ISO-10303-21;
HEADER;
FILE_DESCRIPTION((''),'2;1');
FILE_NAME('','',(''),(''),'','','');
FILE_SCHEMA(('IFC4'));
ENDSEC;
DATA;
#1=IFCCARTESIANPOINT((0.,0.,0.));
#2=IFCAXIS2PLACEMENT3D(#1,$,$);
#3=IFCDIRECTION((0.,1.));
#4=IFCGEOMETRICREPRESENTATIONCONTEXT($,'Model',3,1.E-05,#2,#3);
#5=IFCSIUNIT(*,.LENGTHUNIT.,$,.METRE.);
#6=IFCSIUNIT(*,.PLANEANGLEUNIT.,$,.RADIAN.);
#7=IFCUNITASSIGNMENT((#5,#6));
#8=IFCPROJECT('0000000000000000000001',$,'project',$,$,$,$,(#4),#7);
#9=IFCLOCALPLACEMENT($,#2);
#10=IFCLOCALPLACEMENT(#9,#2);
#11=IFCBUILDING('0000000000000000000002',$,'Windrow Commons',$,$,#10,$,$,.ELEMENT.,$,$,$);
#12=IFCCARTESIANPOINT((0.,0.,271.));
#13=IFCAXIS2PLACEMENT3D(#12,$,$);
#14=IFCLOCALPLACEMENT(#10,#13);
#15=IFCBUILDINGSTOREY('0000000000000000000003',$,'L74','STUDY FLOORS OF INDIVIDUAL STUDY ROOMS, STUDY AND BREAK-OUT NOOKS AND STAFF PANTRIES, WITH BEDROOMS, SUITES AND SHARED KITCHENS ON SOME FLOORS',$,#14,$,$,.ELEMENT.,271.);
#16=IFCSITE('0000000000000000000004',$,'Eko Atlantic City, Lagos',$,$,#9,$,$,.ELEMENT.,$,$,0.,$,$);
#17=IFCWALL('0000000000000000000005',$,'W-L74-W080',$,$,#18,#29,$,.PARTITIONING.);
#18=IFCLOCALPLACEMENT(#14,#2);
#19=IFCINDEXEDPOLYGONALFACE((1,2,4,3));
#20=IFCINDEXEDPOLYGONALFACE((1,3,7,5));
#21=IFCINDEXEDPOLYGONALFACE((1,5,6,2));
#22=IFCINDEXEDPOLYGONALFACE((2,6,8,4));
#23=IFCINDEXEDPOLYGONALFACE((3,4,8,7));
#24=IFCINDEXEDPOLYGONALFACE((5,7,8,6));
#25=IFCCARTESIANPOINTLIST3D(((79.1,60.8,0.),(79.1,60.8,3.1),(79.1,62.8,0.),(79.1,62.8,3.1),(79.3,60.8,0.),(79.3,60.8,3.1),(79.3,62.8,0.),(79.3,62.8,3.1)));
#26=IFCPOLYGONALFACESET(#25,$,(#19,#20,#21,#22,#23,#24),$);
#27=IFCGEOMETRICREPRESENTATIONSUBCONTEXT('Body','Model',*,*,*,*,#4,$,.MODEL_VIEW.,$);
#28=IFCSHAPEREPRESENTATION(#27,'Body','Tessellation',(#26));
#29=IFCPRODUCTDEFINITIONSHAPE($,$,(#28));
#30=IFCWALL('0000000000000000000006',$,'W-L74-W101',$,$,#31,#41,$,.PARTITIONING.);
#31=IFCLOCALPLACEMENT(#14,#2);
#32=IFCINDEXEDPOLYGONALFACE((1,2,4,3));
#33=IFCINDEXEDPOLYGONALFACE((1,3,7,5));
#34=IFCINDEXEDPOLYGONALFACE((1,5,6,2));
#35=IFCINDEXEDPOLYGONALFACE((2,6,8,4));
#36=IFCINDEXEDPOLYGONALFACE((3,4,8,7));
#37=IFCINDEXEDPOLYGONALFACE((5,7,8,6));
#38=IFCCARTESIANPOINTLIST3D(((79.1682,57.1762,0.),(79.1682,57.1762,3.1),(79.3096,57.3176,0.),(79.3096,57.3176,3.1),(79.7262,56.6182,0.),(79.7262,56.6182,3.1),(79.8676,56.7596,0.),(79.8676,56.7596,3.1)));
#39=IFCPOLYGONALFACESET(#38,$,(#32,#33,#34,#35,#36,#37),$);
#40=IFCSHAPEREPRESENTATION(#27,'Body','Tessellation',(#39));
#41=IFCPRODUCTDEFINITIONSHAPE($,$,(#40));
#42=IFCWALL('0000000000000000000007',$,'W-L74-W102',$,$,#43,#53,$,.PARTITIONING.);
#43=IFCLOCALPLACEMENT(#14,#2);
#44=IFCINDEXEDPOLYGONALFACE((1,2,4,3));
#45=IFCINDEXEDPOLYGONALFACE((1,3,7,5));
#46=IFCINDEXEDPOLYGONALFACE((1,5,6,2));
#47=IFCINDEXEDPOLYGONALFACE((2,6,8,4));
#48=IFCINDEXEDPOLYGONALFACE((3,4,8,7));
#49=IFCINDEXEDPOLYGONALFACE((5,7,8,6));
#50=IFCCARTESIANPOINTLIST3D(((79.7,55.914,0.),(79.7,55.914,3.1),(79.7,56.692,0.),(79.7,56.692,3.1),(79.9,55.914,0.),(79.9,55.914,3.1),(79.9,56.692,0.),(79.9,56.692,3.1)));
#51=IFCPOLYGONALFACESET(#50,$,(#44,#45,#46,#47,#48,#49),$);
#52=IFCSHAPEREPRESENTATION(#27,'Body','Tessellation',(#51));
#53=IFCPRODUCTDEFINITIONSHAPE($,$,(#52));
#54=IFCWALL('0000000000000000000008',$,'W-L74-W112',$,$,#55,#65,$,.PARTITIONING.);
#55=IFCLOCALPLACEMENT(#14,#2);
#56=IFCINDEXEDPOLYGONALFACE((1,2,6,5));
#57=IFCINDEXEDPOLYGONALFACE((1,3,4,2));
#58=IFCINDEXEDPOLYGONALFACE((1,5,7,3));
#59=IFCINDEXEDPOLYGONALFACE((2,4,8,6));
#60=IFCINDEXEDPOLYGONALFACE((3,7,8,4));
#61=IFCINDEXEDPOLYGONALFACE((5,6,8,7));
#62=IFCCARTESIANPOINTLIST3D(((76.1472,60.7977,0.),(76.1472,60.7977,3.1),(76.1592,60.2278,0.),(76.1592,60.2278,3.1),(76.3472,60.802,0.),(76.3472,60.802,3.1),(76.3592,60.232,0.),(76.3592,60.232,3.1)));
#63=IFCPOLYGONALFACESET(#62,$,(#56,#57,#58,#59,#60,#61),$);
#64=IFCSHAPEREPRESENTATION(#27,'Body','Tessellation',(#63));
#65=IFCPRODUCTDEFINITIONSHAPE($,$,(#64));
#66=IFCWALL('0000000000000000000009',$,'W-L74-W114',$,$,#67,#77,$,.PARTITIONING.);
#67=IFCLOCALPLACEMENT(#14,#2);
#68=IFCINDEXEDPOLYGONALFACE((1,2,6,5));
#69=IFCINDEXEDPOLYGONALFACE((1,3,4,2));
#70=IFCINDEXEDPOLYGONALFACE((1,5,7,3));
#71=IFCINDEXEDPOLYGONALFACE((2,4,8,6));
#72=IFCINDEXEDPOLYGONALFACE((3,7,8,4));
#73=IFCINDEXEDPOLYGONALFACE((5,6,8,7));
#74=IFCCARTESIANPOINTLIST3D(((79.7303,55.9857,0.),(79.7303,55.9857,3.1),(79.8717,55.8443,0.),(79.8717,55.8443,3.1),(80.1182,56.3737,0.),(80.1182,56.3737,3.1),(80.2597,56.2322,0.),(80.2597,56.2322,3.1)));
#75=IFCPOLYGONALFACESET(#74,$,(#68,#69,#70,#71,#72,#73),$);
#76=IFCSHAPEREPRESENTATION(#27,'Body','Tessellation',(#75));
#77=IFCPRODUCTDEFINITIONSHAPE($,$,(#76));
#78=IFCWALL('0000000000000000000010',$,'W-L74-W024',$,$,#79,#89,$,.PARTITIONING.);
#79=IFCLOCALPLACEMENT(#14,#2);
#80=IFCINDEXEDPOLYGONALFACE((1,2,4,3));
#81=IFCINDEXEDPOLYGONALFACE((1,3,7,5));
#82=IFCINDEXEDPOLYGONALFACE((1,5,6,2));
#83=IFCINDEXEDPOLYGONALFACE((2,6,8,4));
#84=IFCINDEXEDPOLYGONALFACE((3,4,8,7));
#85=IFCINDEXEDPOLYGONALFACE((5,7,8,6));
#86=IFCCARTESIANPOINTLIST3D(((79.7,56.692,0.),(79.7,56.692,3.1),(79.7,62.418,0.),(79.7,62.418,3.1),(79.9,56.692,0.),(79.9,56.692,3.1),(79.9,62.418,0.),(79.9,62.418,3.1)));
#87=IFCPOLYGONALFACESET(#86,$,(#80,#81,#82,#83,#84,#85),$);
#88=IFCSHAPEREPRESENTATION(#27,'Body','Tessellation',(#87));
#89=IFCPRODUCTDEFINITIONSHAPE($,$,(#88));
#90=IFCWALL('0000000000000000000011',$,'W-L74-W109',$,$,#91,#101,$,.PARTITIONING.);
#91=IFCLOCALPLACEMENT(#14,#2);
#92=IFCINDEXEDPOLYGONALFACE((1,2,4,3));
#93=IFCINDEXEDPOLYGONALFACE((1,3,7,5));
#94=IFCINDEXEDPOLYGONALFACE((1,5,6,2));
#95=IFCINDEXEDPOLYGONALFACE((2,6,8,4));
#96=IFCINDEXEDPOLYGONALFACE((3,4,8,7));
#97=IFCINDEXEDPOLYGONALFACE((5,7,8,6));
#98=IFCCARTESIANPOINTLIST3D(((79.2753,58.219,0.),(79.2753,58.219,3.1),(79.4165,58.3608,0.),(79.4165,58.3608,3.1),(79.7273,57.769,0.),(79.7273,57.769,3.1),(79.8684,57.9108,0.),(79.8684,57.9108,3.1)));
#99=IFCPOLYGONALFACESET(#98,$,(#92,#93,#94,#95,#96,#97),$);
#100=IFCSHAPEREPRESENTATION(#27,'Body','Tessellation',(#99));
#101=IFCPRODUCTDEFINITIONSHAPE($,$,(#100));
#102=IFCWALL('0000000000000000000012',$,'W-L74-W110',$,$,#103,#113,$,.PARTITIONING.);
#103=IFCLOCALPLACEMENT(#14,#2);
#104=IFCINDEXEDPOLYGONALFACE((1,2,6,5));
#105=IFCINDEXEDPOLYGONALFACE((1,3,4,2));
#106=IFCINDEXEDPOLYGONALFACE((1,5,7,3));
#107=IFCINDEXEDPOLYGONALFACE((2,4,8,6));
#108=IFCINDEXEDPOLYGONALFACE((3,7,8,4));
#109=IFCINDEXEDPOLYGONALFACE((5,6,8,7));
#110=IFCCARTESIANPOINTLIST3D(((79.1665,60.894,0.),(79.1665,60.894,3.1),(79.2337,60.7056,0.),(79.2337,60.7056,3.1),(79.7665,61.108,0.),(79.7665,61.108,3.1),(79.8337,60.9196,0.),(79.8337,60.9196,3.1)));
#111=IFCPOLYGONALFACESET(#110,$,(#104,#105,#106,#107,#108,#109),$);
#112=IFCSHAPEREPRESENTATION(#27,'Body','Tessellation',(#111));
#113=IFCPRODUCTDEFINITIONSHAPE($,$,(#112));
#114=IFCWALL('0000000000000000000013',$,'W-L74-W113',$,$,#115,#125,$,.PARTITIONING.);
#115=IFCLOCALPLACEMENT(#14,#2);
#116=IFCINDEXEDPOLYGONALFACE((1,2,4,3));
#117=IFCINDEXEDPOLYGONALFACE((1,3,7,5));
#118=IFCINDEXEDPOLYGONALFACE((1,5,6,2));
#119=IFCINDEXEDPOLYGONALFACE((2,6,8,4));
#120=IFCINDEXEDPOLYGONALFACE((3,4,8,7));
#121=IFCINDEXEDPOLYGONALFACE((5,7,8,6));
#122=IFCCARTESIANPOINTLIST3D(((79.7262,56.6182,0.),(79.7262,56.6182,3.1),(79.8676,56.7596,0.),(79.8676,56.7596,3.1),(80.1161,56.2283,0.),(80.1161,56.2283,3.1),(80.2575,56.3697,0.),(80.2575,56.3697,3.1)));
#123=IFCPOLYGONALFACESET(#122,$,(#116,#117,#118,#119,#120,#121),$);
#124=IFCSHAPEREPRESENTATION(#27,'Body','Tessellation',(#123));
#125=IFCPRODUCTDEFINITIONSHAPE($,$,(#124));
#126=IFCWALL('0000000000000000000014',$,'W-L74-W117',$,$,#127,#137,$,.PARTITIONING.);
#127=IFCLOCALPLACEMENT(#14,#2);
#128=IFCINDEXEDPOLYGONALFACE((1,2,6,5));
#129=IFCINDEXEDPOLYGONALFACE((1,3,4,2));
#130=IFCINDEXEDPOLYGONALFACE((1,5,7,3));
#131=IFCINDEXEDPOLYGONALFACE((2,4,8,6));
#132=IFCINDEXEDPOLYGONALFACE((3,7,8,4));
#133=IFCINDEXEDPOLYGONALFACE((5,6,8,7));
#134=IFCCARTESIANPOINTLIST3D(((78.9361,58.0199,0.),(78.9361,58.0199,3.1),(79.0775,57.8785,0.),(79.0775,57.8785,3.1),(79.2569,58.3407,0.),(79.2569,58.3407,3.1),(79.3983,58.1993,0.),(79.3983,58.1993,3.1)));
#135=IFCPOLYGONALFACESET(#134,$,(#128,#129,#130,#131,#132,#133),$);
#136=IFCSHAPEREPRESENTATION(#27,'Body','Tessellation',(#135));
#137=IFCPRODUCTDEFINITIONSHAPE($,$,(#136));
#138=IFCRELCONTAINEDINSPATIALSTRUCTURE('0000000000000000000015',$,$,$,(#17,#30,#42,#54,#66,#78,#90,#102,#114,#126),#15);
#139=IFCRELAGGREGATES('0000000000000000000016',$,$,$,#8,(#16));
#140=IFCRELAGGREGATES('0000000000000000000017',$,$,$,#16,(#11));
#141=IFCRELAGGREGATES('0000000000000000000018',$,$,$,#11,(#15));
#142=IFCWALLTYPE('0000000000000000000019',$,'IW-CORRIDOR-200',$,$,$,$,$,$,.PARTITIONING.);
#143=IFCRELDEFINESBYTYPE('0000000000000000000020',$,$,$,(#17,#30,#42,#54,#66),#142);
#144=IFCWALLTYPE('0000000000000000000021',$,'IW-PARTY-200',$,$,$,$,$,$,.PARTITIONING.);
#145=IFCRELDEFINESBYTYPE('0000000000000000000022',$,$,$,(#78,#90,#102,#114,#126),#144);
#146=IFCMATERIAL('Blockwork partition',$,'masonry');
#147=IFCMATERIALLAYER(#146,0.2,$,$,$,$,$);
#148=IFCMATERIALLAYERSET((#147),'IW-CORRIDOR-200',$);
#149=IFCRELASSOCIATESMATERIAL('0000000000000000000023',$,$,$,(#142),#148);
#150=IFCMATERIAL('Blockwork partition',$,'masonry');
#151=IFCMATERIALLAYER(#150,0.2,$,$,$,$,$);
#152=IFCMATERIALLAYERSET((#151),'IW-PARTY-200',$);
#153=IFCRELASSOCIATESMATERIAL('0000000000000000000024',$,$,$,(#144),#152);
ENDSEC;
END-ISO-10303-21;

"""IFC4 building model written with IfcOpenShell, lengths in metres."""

from ifc_helpers import new_model, si_unit, direction, frame, frame_2d, origin, place, context, subcontext, project, spatial, rectangle, extrude, material, layer, layer_set, type_object, element, save


model = new_model("IFC4")

# Units and contexts
model_context = context("Model", 3, precision=1e-05, world=origin(), true_north=direction((0.0, 1.0)))
body_context = subcontext(model_context, "Body", "Model", "MODEL_VIEW")
ifc_project = project(units=[si_unit("LENGTHUNIT", "METRE"), si_unit("PLANEANGLEUNIT", "RADIAN")], contexts=[model_context])

# Site, building, storey
site_placement = place(None, origin())
site = spatial("IfcSite", under=ifc_project, at=site_placement, Name="Eko Atlantic City, Lagos", CompositionType="ELEMENT", RefElevation=0.0)
building_placement = place(site_placement, origin())
building = spatial("IfcBuilding", under=site, at=building_placement, Name="Windrow Commons", CompositionType="ELEMENT")
storey_placement = place(building_placement, frame((0.0, 0.0, 271.0)))
storey = spatial("IfcBuildingStorey", under=building, at=storey_placement, Name="L74", Description="STUDY FLOORS OF INDIVIDUAL STUDY ROOMS, STUDY AND BREAK-OUT NOOKS AND STAFF PANTRIES, WITH BEDROOMS, SUITES AND SHARED KITCHENS ON SOME FLOORS", CompositionType="ELEMENT", Elevation=271.0)

# Shared definitions
ifc_material_1 = material(Name="Blockwork partition", Category="masonry")
ifc_layer_1 = layer(ifc_material_1, 0.2)
ifc_layer_set_1 = layer_set([ifc_layer_1], Name="IW-CORRIDOR-200")
wall_type_1 = type_object("IfcWallType", Name="IW-CORRIDOR-200", PredefinedType="PARTITIONING", material=ifc_layer_set_1)

# Walls
wall_1_placement = place(storey_placement, frame((79.2, 60.8, 0.0), z_axis=(0.0, 0.0, 1.0), x_axis=(0.0, 1.0, 0.0)))
element("IfcWall", 1, at=wall_1_placement, inside=storey, type_object=wall_type_1, Name="W-L74-W080", PredefinedType="PARTITIONING", context=body_context, shape_type="SweptSolid", body=[
    extrude(rectangle(XDim=2.0, YDim=0.2, at=frame_2d((1.0, 0.0))), origin(), (0.0, 0.0, 1.0), 3.1),
])
wall_2_placement = place(storey_placement, frame((79.2389, 57.2469, 0.0), z_axis=(0.0, 0.0, 1.0), x_axis=(0.707107, -0.707107, 0.0)))
element("IfcWall", 2, at=wall_2_placement, inside=storey, type_object=wall_type_1, Name="W-L74-W101", PredefinedType="PARTITIONING", context=body_context, shape_type="SweptSolid", body=[
    extrude(rectangle(XDim=0.7891, YDim=0.2, at=frame_2d((0.3946, 0.0))), origin(), (0.0, 0.0, 1.0), 3.1),
])
wall_3_placement = place(storey_placement, frame((79.8, 55.914, 0.0), z_axis=(0.0, 0.0, 1.0), x_axis=(0.0, 1.0, 0.0)))
element("IfcWall", 3, at=wall_3_placement, inside=storey, type_object=wall_type_1, Name="W-L74-W102", PredefinedType="PARTITIONING", context=body_context, shape_type="SweptSolid", body=[
    extrude(rectangle(XDim=0.778, YDim=0.2, at=frame_2d((0.389, 0.0))), origin(), (0.0, 0.0, 1.0), 3.1),
])
wall_4_placement = place(storey_placement, frame((76.2472, 60.7999, 0.0), z_axis=(0.0, 0.0, 1.0), x_axis=(0.021048, -0.999778, 0.0)))
element("IfcWall", 4, at=wall_4_placement, inside=storey, type_object=wall_type_1, Name="W-L74-W112", PredefinedType="PARTITIONING", context=body_context, shape_type="SweptSolid", body=[
    extrude(rectangle(XDim=0.5701, YDim=0.2, at=frame_2d((0.2851, 0.0))), origin(), (0.0, 0.0, 1.0), 3.1),
])
wall_5_placement = place(storey_placement, frame((79.801, 55.915, 0.0), z_axis=(0.0, 0.0, 1.0), x_axis=(0.707107, 0.707107, 0.0)))
element("IfcWall", 5, at=wall_5_placement, inside=storey, type_object=wall_type_1, Name="W-L74-W114", PredefinedType="PARTITIONING", context=body_context, shape_type="SweptSolid", body=[
    extrude(rectangle(XDim=0.5487, YDim=0.2, at=frame_2d((0.2743, 0.0))), origin(), (0.0, 0.0, 1.0), 3.1),
])
ifc_material_2 = material(Name="Blockwork partition", Category="masonry")
ifc_layer_2 = layer(ifc_material_2, 0.2)
ifc_layer_set_2 = layer_set([ifc_layer_2], Name="IW-PARTY-200")
wall_type_2 = type_object("IfcWallType", Name="IW-PARTY-200", PredefinedType="PARTITIONING", material=ifc_layer_set_2)
wall_6_placement = place(storey_placement, frame((79.8, 56.692, 0.0), z_axis=(0.0, 0.0, 1.0), x_axis=(0.0, 1.0, 0.0)))
element("IfcWall", 6, at=wall_6_placement, inside=storey, type_object=wall_type_2, Name="W-L74-W024", PredefinedType="PARTITIONING", context=body_context, shape_type="SweptSolid", body=[
    extrude(rectangle(XDim=5.726, YDim=0.2, at=frame_2d((2.863, 0.0))), origin(), (0.0, 0.0, 1.0), 3.1),
])
wall_7_placement = place(storey_placement, frame((79.3459, 58.2899, 0.0), z_axis=(0.0, 0.0, 1.0), x_axis=(0.708673, -0.705537, 0.0)))
element("IfcWall", 7, at=wall_7_placement, inside=storey, type_object=wall_type_2, Name="W-L74-W109", PredefinedType="PARTITIONING", context=body_context, shape_type="SweptSolid", body=[
    extrude(rectangle(XDim=0.6378, YDim=0.2, at=frame_2d((0.3189, 0.0))), origin(), (0.0, 0.0, 1.0), 3.1),
])
wall_8_placement = place(storey_placement, frame((79.2001, 60.7998, 0.0), z_axis=(0.0, 0.0, 1.0), x_axis=(0.941884, 0.335939, 0.0)))
element("IfcWall", 8, at=wall_8_placement, inside=storey, type_object=wall_type_2, Name="W-L74-W110", PredefinedType="PARTITIONING", context=body_context, shape_type="SweptSolid", body=[
    extrude(rectangle(XDim=0.637, YDim=0.2, at=frame_2d((0.3185, 0.0))), origin(), (0.0, 0.0, 1.0), 3.1),
])
wall_9_placement = place(storey_placement, frame((79.7969, 56.6889, 0.0), z_axis=(0.0, 0.0, 1.0), x_axis=(0.707107, -0.707107, 0.0)))
element("IfcWall", 9, at=wall_9_placement, inside=storey, type_object=wall_type_2, Name="W-L74-W113", PredefinedType="PARTITIONING", context=body_context, shape_type="SweptSolid", body=[
    extrude(rectangle(XDim=0.5515, YDim=0.2, at=frame_2d((0.2757, 0.0))), origin(), (0.0, 0.0, 1.0), 3.1),
])
wall_10_placement = place(storey_placement, frame((79.0068, 57.9492, 0.0), z_axis=(0.0, 0.0, 1.0), x_axis=(0.707107, 0.707107, 0.0)))
element("IfcWall", 10, at=wall_10_placement, inside=storey, type_object=wall_type_2, Name="W-L74-W117", PredefinedType="PARTITIONING", context=body_context, shape_type="SweptSolid", body=[
    extrude(rectangle(XDim=0.4537, YDim=0.2, at=frame_2d((0.2268, 0.0))), origin(), (0.0, 0.0, 1.0), 3.1),
])

save(model, "model.ifc")
